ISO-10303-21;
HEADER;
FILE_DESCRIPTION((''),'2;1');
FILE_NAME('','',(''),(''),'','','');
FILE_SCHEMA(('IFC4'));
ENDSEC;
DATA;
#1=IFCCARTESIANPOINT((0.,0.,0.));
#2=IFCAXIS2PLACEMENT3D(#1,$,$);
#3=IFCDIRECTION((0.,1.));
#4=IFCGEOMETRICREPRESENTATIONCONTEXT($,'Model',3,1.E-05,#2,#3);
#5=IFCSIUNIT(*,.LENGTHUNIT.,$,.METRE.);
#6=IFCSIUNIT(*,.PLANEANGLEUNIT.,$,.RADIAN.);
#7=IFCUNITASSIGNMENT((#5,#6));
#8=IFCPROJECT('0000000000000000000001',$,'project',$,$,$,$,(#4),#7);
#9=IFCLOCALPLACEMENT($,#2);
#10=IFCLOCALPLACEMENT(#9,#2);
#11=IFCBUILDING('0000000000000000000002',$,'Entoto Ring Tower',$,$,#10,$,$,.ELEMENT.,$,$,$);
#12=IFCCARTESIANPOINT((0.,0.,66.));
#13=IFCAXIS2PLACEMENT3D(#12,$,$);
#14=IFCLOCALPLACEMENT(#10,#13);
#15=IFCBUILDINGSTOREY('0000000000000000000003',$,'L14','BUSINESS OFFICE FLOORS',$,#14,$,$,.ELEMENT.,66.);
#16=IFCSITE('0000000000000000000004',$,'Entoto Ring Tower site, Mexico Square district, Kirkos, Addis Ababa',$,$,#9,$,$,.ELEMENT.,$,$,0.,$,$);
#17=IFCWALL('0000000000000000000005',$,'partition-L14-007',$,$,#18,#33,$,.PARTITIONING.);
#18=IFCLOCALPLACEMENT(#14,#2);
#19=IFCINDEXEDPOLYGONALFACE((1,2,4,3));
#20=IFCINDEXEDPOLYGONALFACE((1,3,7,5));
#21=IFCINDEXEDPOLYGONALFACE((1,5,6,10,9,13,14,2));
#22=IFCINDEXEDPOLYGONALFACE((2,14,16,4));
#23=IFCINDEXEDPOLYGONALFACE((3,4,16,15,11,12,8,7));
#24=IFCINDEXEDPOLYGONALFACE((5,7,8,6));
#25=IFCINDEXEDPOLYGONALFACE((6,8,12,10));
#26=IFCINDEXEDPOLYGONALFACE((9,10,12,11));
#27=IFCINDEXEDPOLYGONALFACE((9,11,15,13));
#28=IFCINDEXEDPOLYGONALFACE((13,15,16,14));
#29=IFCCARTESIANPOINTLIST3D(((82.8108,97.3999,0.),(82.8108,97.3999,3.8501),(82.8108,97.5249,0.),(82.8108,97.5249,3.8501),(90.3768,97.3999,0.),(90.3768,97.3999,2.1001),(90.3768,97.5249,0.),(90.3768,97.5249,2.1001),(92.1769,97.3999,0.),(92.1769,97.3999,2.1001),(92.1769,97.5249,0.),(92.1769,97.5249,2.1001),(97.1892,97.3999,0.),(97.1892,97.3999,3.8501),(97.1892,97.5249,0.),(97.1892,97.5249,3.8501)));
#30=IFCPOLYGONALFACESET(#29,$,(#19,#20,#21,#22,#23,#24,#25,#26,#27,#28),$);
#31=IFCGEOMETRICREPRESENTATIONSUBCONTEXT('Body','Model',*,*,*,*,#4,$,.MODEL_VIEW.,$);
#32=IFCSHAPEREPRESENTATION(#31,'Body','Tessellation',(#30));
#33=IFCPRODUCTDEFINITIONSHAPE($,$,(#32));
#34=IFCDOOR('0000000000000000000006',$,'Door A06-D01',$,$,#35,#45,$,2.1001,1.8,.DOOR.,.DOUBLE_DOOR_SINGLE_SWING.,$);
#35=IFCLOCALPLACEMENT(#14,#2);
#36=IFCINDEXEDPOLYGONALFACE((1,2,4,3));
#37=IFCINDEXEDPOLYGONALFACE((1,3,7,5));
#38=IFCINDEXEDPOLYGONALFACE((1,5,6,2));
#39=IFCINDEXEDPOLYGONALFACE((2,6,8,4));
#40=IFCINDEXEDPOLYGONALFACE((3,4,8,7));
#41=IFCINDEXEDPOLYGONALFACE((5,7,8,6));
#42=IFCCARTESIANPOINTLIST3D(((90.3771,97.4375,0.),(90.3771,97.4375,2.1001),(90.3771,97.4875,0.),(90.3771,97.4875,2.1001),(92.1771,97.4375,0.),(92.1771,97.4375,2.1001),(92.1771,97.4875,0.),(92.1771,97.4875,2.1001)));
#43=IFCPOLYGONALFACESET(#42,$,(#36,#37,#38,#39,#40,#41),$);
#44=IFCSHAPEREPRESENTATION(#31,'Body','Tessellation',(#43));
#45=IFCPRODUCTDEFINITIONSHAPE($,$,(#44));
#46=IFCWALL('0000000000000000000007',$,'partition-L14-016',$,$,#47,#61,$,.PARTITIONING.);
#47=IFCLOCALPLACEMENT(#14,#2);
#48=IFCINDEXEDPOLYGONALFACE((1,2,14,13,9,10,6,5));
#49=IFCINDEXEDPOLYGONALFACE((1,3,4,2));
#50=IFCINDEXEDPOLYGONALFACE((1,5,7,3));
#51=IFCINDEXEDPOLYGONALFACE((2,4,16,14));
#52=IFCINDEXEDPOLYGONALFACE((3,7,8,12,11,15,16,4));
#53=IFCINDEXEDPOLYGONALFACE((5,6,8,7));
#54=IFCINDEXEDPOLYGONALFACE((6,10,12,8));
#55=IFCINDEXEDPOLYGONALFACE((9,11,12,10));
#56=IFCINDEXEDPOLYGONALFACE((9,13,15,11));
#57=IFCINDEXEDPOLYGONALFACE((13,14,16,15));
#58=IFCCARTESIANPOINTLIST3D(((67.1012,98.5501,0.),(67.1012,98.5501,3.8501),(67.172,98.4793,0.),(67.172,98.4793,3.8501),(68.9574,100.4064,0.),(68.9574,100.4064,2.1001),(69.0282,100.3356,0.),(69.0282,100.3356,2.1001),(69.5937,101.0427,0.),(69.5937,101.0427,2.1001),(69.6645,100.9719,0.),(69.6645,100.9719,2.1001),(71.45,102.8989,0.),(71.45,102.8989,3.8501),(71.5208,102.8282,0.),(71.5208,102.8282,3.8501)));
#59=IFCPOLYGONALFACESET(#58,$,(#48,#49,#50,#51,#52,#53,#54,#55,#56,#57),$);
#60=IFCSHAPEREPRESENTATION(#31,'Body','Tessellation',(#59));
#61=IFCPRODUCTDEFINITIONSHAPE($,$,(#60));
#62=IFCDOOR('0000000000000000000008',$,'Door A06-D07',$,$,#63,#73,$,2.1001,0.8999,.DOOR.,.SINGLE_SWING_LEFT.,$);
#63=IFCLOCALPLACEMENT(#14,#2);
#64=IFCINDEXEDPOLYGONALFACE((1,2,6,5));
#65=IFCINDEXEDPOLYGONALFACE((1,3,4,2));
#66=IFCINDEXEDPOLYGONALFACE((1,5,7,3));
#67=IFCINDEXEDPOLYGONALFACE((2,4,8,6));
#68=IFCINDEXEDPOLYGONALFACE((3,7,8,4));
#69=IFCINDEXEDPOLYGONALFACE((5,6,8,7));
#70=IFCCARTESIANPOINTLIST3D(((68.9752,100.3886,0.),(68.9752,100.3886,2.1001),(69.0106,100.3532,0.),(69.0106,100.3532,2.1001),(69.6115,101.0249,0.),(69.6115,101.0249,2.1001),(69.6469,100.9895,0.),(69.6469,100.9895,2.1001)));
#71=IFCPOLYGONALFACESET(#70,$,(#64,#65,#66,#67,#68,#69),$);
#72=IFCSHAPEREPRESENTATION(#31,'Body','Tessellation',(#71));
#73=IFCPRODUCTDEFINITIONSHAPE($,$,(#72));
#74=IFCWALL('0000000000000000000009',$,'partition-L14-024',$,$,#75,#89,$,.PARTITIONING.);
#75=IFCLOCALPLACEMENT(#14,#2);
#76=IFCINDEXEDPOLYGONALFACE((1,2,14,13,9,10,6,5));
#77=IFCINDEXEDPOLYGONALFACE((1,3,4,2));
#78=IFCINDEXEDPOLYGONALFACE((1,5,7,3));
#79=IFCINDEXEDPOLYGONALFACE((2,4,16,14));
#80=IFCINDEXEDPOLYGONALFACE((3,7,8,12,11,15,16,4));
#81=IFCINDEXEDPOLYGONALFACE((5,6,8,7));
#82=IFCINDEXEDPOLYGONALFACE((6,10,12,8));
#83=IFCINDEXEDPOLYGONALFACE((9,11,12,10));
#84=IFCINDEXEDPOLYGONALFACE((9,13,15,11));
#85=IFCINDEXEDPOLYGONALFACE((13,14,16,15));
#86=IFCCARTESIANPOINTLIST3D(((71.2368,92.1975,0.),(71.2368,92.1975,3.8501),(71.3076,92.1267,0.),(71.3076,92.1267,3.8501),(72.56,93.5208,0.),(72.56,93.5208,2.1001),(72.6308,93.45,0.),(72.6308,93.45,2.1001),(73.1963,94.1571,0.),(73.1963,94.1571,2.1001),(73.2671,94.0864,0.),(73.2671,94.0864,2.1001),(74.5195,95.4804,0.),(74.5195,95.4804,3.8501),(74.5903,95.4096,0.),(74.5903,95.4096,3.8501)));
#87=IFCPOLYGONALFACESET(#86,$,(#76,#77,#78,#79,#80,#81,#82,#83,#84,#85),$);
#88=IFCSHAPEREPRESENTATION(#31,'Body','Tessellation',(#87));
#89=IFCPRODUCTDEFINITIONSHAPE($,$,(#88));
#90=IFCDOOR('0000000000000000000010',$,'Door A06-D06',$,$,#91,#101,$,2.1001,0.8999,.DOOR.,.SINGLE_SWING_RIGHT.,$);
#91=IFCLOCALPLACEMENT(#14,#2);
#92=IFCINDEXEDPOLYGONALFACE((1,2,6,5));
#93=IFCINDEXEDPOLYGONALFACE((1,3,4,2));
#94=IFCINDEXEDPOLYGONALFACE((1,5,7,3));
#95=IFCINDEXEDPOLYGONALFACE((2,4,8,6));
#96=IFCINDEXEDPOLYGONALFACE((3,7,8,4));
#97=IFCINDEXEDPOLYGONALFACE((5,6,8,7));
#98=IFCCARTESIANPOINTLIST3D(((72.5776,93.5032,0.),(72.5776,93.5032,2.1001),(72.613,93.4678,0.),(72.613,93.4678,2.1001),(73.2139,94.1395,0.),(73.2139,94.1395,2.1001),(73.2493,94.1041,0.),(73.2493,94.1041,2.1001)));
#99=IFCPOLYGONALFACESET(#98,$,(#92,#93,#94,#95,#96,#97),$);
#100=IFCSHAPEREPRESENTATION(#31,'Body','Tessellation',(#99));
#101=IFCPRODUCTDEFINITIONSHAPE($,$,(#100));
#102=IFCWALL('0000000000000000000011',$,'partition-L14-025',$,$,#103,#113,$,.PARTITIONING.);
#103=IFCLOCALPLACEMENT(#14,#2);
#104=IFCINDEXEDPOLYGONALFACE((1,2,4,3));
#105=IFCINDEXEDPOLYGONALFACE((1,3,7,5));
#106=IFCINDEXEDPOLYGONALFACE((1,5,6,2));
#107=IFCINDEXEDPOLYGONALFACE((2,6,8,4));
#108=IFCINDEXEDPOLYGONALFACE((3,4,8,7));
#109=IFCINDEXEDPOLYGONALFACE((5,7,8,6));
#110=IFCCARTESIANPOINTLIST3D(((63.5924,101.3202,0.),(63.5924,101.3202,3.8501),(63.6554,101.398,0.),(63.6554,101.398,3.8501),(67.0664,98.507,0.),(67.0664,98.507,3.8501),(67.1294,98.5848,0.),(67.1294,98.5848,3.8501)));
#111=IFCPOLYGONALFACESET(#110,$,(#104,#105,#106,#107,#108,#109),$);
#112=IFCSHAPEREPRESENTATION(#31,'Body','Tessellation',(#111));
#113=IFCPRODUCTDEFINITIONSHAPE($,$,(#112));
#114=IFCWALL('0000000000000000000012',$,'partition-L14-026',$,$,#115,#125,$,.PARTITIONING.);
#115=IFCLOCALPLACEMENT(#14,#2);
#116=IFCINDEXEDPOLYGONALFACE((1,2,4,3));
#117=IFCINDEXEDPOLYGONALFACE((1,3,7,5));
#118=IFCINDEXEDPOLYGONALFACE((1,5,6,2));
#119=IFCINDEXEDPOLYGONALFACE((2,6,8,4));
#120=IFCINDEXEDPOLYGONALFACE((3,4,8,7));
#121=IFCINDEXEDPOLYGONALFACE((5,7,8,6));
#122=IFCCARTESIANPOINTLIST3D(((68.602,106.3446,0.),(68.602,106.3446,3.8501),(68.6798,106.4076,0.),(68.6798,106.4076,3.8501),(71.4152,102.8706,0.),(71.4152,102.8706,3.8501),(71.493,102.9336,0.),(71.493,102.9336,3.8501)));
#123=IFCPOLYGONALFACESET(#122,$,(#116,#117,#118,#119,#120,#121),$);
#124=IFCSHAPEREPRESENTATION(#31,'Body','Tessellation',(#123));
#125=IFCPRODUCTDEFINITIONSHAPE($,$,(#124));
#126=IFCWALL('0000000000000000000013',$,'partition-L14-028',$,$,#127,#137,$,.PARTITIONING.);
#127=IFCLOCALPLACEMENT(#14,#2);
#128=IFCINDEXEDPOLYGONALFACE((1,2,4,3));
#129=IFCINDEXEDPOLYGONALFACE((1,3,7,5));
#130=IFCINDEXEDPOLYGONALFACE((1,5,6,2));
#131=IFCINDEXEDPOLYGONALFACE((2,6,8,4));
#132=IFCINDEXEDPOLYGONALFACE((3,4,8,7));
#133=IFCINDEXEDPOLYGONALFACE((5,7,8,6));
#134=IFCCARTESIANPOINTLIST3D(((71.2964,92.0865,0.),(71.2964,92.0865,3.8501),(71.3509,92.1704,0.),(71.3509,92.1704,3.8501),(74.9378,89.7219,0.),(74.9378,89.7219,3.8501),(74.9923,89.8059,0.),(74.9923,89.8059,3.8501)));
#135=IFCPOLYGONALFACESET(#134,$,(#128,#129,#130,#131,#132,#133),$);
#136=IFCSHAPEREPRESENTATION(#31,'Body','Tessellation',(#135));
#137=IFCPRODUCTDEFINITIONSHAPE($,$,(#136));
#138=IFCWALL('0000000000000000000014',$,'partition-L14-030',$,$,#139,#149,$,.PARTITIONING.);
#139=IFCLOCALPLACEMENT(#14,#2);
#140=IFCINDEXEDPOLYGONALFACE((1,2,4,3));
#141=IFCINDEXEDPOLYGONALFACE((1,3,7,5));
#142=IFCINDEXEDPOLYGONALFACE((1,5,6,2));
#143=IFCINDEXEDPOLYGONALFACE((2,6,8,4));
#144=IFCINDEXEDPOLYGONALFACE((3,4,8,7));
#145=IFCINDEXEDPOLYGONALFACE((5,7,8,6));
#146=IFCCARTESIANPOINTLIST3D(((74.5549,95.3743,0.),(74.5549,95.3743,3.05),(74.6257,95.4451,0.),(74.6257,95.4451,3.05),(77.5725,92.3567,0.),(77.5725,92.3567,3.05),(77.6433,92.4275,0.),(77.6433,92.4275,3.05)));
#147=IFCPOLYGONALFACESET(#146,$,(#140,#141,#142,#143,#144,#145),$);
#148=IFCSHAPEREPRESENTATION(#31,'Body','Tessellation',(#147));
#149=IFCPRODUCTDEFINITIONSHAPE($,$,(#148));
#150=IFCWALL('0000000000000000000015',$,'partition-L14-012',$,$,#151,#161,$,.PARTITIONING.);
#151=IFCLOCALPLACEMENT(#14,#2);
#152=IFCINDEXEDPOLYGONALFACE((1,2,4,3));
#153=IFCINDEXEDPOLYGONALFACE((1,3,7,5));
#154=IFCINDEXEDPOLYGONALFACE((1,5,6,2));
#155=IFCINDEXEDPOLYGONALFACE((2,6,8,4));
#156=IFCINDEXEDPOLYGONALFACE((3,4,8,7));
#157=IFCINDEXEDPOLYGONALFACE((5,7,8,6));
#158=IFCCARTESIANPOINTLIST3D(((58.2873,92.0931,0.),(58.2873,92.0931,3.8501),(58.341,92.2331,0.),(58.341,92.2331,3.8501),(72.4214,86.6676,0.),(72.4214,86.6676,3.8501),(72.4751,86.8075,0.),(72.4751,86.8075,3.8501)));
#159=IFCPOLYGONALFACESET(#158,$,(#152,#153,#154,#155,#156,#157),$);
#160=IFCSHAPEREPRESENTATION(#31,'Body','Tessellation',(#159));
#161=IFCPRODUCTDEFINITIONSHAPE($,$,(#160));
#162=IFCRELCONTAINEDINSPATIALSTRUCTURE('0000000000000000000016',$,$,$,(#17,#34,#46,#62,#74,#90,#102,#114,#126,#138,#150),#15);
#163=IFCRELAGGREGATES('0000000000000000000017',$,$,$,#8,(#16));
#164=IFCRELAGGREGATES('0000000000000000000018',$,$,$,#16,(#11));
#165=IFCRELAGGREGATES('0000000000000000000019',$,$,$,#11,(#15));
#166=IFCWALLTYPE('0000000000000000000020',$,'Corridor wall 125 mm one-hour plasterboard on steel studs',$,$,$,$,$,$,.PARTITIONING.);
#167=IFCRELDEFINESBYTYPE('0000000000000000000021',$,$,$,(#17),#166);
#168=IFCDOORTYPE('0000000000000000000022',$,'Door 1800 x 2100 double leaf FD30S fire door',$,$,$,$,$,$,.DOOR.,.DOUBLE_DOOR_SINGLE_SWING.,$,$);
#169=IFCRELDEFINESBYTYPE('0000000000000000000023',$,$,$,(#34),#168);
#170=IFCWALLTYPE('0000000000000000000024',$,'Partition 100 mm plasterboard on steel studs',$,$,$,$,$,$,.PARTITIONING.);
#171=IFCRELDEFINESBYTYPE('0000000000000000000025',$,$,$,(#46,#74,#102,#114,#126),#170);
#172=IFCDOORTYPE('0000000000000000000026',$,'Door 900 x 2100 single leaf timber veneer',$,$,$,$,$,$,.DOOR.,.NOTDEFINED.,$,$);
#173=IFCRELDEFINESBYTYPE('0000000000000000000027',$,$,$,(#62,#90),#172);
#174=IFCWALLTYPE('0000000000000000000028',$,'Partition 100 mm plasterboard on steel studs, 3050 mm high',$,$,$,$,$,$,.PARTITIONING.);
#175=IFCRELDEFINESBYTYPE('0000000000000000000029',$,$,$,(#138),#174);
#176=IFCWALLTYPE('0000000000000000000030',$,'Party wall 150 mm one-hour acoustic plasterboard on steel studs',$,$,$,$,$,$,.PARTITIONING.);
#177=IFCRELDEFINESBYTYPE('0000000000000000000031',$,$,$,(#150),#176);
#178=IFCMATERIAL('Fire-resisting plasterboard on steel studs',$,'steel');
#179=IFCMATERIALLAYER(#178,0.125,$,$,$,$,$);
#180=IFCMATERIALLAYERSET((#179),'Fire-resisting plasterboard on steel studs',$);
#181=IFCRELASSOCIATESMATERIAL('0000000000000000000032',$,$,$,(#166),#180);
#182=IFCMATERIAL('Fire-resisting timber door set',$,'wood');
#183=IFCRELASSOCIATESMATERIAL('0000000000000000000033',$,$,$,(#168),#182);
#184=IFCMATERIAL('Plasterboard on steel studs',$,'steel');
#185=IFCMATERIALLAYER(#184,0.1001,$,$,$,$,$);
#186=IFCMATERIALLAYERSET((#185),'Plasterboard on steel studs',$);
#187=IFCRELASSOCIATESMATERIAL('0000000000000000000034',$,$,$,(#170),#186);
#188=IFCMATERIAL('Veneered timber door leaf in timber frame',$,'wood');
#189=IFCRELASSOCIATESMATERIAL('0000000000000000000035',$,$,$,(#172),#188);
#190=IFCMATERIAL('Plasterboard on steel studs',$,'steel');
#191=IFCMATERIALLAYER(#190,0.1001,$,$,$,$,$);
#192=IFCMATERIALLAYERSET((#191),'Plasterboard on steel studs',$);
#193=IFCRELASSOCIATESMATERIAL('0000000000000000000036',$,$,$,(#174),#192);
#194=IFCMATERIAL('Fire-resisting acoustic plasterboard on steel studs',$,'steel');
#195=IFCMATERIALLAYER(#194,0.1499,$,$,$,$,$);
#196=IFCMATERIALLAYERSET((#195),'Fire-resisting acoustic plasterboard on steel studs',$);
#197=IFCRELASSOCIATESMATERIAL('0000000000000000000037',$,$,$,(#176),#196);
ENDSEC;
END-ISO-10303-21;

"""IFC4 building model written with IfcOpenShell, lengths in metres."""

from ifc_helpers import new_model, si_unit, direction, frame, frame_2d, origin, place, context, subcontext, project, spatial, rectangle, extrude, material, layer, layer_set, type_object, element, fill, save


model = new_model("IFC4")

# Units and contexts
model_context = context("Model", 3, precision=1e-05, world=origin(), true_north=direction((0.0, 1.0)))
body_context = subcontext(model_context, "Body", "Model", "MODEL_VIEW")
ifc_project = project(units=[si_unit("LENGTHUNIT", "METRE"), si_unit("PLANEANGLEUNIT", "RADIAN")], contexts=[model_context])

# Site, building, storey
site_placement = place(None, origin())
site = spatial("IfcSite", under=ifc_project, at=site_placement, Name="Entoto Ring Tower site, Mexico Square district, Kirkos, Addis Ababa", CompositionType="ELEMENT", RefElevation=0.0)
building_placement = place(site_placement, origin())
building = spatial("IfcBuilding", under=site, at=building_placement, Name="Entoto Ring Tower", CompositionType="ELEMENT")
storey_placement = place(building_placement, frame((0.0, 0.0, 66.0)))
storey = spatial("IfcBuildingStorey", under=building, at=storey_placement, Name="L14", Description="BUSINESS OFFICE FLOORS", CompositionType="ELEMENT", Elevation=66.0)

# Walls, openings, doors
ifc_material_1 = material(Name="Fire-resisting plasterboard on steel studs", Category="steel")
ifc_layer_1 = layer(ifc_material_1, 0.125)
ifc_layer_set_1 = layer_set([ifc_layer_1], Name="Fire-resisting plasterboard on steel studs")
wall_type_1 = type_object("IfcWallType", Name="Corridor wall 125 mm one-hour plasterboard on steel studs", PredefinedType="PARTITIONING", material=ifc_layer_set_1)
wall_1_placement = place(storey_placement, frame((82.8108, 97.4624, 0.0), z_axis=(0.0, 0.0, 1.0), x_axis=(1.0, 0.0, 0.0)))
wall_1 = element("IfcWall", 1, at=wall_1_placement, inside=storey, type_object=wall_type_1, Name="partition-L14-007", PredefinedType="PARTITIONING", context=body_context, shape_type="SweptSolid", body=[
    extrude(rectangle(XDim=14.3784, YDim=0.125, at=frame_2d((7.1892, 0.0))), origin(), (0.0, 0.0, 1.0), 3.8501),
])
opening_1_placement = place(wall_1_placement, frame((7.5662, 0.0, 0.0)))
opening_1 = element("IfcOpeningElement", 2, at=opening_1_placement, cuts=wall_1, PredefinedType="OPENING", context=body_context, shape_type="SweptSolid", body=[
    extrude(rectangle(XDim=1.8, YDim=2.1001, at=frame_2d((0.8999, 1.05))), frame((0.0, 0.0725, 0.0), z_axis=(0.0, -1.0, 0.0), x_axis=(1.0, 0.0, 0.0)), (0.0, 0.0, 1.0), 0.145),
])
ifc_material_2 = material(Name="Fire-resisting timber door set", Category="wood")
door_type_1 = type_object("IfcDoorType", Name="Door 1800 x 2100 double leaf FD30S fire door", OperationType="DOUBLE_DOOR_SINGLE_SWING", PredefinedType="DOOR", material=ifc_material_2)
door_1_placement = place(opening_1_placement, frame((1.8, 0.0, 0.0), z_axis=(0.0, 0.0, 1.0), x_axis=(-1.0, 0.0, 0.0)))
door_1 = element("IfcDoor", 3, at=door_1_placement, inside=storey, type_object=door_type_1, Name="Door A06-D01", OperationType="DOUBLE_DOOR_SINGLE_SWING", OverallHeight=2.1001, OverallWidth=1.8, PredefinedType="DOOR", context=body_context, shape_type="SweptSolid", body=[
    extrude(rectangle(XDim=1.8, YDim=2.1001, at=frame_2d((0.8999, 1.05))), frame((0.0, 0.0249, 0.0), z_axis=(0.0, -1.0, 0.0), x_axis=(1.0, 0.0, 0.0)), (0.0, 0.0, 1.0), 0.05),
])
fill(opening_1, door_1)
ifc_material_3 = material(Name="Plasterboard on steel studs", Category="steel")
ifc_layer_2 = layer(ifc_material_3, 0.1001)
ifc_layer_set_2 = layer_set([ifc_layer_2], Name="Plasterboard on steel studs")
wall_type_2 = type_object("IfcWallType", Name="Partition 100 mm plasterboard on steel studs", PredefinedType="PARTITIONING", material=ifc_layer_set_2)
wall_2_placement = place(storey_placement, frame((67.1365, 98.5146, 0.0), z_axis=(0.0, 0.0, 1.0), x_axis=(0.707107, 0.707107, 0.0)))
wall_2 = element("IfcWall", 4, at=wall_2_placement, inside=storey, type_object=wall_type_2, Name="partition-L14-016", PredefinedType="PARTITIONING", context=body_context, shape_type="SweptSolid", body=[
    extrude(rectangle(XDim=6.1501, YDim=0.1001, at=frame_2d((3.0752, 0.0))), origin(), (0.0, 0.0, 1.0), 3.8501),
])
opening_2_placement = place(wall_2_placement, frame((2.6252, 0.0, 0.0)))
opening_2 = element("IfcOpeningElement", 5, at=opening_2_placement, cuts=wall_2, PredefinedType="OPENING", context=body_context, shape_type="SweptSolid", body=[
    extrude(rectangle(XDim=0.8999, YDim=2.1001, at=frame_2d((0.45, 1.05))), frame((0.0, 0.0601, 0.0), z_axis=(0.0, -1.0, 0.0), x_axis=(1.0, 0.0, 0.0)), (0.0, 0.0, 1.0), 0.1201),
])
ifc_material_4 = material(Name="Veneered timber door leaf in timber frame", Category="wood")
door_type_2 = type_object("IfcDoorType", Name="Door 900 x 2100 single leaf timber veneer", OperationType="NOTDEFINED", PredefinedType="DOOR", material=ifc_material_4)
door_2_placement = place(opening_2_placement, origin())
door_2 = element("IfcDoor", 6, at=door_2_placement, inside=storey, type_object=door_type_2, Name="Door A06-D07", OperationType="SINGLE_SWING_LEFT", OverallHeight=2.1001, OverallWidth=0.8999, PredefinedType="DOOR", context=body_context, shape_type="SweptSolid", body=[
    extrude(rectangle(XDim=0.8999, YDim=2.1001, at=frame_2d((0.45, 1.05))), frame((0.0, 0.0249, 0.0), z_axis=(0.0, -1.0, 0.0), x_axis=(1.0, 0.0, 0.0)), (0.0, 0.0, 1.0), 0.05),
])
fill(opening_2, door_2)
wall_3_placement = place(storey_placement, frame((71.2722, 92.1621, 0.0), z_axis=(0.0, 0.0, 1.0), x_axis=(0.70708, 0.707133, 0.0)))
wall_3 = element("IfcWall", 7, at=wall_3_placement, inside=storey, type_object=wall_type_2, Name="partition-L14-024", PredefinedType="PARTITIONING", context=body_context, shape_type="SweptSolid", body=[
    extrude(rectangle(XDim=4.6426, YDim=0.1001, at=frame_2d((2.3213, 0.0))), origin(), (0.0, 0.0, 1.0), 3.8501),
])
opening_3_placement = place(wall_3_placement, frame((1.8713, 0.0, 0.0)))
opening_3 = element("IfcOpeningElement", 8, at=opening_3_placement, cuts=wall_3, PredefinedType="OPENING", context=body_context, shape_type="SweptSolid", body=[
    extrude(rectangle(XDim=0.8999, YDim=2.1001, at=frame_2d((0.45, 1.05))), frame((0.0, 0.0601, 0.0), z_axis=(0.0, -1.0, 0.0), x_axis=(1.0, 0.0, 0.0)), (0.0, 0.0, 1.0), 0.1201),
])
door_3_placement = place(opening_3_placement, frame((0.8999, 0.0, 0.0), z_axis=(0.0, 0.0, 1.0), x_axis=(-1.0, 0.0, 0.0)))
door_3 = element("IfcDoor", 9, at=door_3_placement, inside=storey, type_object=door_type_2, Name="Door A06-D06", OperationType="SINGLE_SWING_RIGHT", OverallHeight=2.1001, OverallWidth=0.8999, PredefinedType="DOOR", context=body_context, shape_type="SweptSolid", body=[
    extrude(rectangle(XDim=0.8999, YDim=2.1001, at=frame_2d((0.45, 1.05))), frame((0.0, 0.0249, 0.0), z_axis=(0.0, -1.0, 0.0), x_axis=(1.0, 0.0, 0.0)), (0.0, 0.0, 1.0), 0.05),
])
fill(opening_3, door_3)

# Walls
for number, where, z_axis, x_axis, name in (
    (10, (67.0979, 98.5459, 0.0), (0.0, 0.0, 1.0), (-0.777152, 0.629313, 0.0), "partition-L14-025"),
    (11, (71.4541, 102.9021, 0.0), (0.0, 0.0, 1.0), (-0.629313, 0.777152, 0.0), "partition-L14-026"),
):
    element("IfcWall", number, at=place(storey_placement, frame(where, z_axis=z_axis, x_axis=x_axis)), inside=storey, type_object=wall_type_2, Name=name, PredefinedType="PARTITIONING", context=body_context, shape_type="SweptSolid", body=[
        extrude(rectangle(XDim=4.4702, YDim=0.1001, at=frame_2d((2.2351, 0.0))), origin(), (0.0, 0.0, 1.0), 3.8501),
    ])
wall_4_placement = place(storey_placement, frame((74.9651, 89.7639, 0.0), z_axis=(0.0, 0.0, 1.0), x_axis=(-0.838694, 0.544603, 0.0)))
element("IfcWall", 12, at=wall_4_placement, inside=storey, type_object=wall_type_2, Name="partition-L14-028", PredefinedType="PARTITIONING", context=body_context, shape_type="SweptSolid", body=[
    extrude(rectangle(XDim=4.3418, YDim=0.1001, at=frame_2d((2.1709, 0.0))), origin(), (0.0, 0.0, 1.0), 3.8501),
])
ifc_material_5 = material(Name="Plasterboard on steel studs", Category="steel")
ifc_layer_3 = layer(ifc_material_5, 0.1001)
ifc_layer_set_3 = layer_set([ifc_layer_3], Name="Plasterboard on steel studs")
wall_type_3 = type_object("IfcWallType", Name="Partition 100 mm plasterboard on steel studs, 3050 mm high", PredefinedType="PARTITIONING", material=ifc_layer_set_3)
wall_5_placement = place(storey_placement, frame((77.6079, 92.3921, 0.0), z_axis=(0.0, 0.0, 1.0), x_axis=(-0.707107, 0.707107, 0.0)))
element("IfcWall", 13, at=wall_5_placement, inside=storey, type_object=wall_type_3, Name="partition-L14-030", PredefinedType="PARTITIONING", context=body_context, shape_type="SweptSolid", body=[
    extrude(rectangle(XDim=4.2676, YDim=0.1001, at=frame_2d((2.1338, 0.0))), origin(), (0.0, 0.0, 1.0), 3.05),
])
ifc_material_6 = material(Name="Fire-resisting acoustic plasterboard on steel studs", Category="steel")
ifc_layer_4 = layer(ifc_material_6, 0.1499)
ifc_layer_set_4 = layer_set([ifc_layer_4], Name="Fire-resisting acoustic plasterboard on steel studs")
wall_type_4 = type_object("IfcWallType", Name="Party wall 150 mm one-hour acoustic plasterboard on steel studs", PredefinedType="PARTITIONING", material=ifc_layer_set_4)
wall_6_placement = place(storey_placement, frame((72.4482, 86.7375, 0.0), z_axis=(0.0, 0.0, 1.0), x_axis=(-0.933581, 0.358367, 0.0)))
element("IfcWall", 14, at=wall_6_placement, inside=storey, type_object=wall_type_4, Name="partition-L14-012", PredefinedType="PARTITIONING", context=body_context, shape_type="SweptSolid", body=[
    extrude(rectangle(XDim=15.1396, YDim=0.1499, at=frame_2d((7.5698, 0.0))), origin(), (0.0, 0.0, 1.0), 3.8501),
])

save(model, "model.ifc")
